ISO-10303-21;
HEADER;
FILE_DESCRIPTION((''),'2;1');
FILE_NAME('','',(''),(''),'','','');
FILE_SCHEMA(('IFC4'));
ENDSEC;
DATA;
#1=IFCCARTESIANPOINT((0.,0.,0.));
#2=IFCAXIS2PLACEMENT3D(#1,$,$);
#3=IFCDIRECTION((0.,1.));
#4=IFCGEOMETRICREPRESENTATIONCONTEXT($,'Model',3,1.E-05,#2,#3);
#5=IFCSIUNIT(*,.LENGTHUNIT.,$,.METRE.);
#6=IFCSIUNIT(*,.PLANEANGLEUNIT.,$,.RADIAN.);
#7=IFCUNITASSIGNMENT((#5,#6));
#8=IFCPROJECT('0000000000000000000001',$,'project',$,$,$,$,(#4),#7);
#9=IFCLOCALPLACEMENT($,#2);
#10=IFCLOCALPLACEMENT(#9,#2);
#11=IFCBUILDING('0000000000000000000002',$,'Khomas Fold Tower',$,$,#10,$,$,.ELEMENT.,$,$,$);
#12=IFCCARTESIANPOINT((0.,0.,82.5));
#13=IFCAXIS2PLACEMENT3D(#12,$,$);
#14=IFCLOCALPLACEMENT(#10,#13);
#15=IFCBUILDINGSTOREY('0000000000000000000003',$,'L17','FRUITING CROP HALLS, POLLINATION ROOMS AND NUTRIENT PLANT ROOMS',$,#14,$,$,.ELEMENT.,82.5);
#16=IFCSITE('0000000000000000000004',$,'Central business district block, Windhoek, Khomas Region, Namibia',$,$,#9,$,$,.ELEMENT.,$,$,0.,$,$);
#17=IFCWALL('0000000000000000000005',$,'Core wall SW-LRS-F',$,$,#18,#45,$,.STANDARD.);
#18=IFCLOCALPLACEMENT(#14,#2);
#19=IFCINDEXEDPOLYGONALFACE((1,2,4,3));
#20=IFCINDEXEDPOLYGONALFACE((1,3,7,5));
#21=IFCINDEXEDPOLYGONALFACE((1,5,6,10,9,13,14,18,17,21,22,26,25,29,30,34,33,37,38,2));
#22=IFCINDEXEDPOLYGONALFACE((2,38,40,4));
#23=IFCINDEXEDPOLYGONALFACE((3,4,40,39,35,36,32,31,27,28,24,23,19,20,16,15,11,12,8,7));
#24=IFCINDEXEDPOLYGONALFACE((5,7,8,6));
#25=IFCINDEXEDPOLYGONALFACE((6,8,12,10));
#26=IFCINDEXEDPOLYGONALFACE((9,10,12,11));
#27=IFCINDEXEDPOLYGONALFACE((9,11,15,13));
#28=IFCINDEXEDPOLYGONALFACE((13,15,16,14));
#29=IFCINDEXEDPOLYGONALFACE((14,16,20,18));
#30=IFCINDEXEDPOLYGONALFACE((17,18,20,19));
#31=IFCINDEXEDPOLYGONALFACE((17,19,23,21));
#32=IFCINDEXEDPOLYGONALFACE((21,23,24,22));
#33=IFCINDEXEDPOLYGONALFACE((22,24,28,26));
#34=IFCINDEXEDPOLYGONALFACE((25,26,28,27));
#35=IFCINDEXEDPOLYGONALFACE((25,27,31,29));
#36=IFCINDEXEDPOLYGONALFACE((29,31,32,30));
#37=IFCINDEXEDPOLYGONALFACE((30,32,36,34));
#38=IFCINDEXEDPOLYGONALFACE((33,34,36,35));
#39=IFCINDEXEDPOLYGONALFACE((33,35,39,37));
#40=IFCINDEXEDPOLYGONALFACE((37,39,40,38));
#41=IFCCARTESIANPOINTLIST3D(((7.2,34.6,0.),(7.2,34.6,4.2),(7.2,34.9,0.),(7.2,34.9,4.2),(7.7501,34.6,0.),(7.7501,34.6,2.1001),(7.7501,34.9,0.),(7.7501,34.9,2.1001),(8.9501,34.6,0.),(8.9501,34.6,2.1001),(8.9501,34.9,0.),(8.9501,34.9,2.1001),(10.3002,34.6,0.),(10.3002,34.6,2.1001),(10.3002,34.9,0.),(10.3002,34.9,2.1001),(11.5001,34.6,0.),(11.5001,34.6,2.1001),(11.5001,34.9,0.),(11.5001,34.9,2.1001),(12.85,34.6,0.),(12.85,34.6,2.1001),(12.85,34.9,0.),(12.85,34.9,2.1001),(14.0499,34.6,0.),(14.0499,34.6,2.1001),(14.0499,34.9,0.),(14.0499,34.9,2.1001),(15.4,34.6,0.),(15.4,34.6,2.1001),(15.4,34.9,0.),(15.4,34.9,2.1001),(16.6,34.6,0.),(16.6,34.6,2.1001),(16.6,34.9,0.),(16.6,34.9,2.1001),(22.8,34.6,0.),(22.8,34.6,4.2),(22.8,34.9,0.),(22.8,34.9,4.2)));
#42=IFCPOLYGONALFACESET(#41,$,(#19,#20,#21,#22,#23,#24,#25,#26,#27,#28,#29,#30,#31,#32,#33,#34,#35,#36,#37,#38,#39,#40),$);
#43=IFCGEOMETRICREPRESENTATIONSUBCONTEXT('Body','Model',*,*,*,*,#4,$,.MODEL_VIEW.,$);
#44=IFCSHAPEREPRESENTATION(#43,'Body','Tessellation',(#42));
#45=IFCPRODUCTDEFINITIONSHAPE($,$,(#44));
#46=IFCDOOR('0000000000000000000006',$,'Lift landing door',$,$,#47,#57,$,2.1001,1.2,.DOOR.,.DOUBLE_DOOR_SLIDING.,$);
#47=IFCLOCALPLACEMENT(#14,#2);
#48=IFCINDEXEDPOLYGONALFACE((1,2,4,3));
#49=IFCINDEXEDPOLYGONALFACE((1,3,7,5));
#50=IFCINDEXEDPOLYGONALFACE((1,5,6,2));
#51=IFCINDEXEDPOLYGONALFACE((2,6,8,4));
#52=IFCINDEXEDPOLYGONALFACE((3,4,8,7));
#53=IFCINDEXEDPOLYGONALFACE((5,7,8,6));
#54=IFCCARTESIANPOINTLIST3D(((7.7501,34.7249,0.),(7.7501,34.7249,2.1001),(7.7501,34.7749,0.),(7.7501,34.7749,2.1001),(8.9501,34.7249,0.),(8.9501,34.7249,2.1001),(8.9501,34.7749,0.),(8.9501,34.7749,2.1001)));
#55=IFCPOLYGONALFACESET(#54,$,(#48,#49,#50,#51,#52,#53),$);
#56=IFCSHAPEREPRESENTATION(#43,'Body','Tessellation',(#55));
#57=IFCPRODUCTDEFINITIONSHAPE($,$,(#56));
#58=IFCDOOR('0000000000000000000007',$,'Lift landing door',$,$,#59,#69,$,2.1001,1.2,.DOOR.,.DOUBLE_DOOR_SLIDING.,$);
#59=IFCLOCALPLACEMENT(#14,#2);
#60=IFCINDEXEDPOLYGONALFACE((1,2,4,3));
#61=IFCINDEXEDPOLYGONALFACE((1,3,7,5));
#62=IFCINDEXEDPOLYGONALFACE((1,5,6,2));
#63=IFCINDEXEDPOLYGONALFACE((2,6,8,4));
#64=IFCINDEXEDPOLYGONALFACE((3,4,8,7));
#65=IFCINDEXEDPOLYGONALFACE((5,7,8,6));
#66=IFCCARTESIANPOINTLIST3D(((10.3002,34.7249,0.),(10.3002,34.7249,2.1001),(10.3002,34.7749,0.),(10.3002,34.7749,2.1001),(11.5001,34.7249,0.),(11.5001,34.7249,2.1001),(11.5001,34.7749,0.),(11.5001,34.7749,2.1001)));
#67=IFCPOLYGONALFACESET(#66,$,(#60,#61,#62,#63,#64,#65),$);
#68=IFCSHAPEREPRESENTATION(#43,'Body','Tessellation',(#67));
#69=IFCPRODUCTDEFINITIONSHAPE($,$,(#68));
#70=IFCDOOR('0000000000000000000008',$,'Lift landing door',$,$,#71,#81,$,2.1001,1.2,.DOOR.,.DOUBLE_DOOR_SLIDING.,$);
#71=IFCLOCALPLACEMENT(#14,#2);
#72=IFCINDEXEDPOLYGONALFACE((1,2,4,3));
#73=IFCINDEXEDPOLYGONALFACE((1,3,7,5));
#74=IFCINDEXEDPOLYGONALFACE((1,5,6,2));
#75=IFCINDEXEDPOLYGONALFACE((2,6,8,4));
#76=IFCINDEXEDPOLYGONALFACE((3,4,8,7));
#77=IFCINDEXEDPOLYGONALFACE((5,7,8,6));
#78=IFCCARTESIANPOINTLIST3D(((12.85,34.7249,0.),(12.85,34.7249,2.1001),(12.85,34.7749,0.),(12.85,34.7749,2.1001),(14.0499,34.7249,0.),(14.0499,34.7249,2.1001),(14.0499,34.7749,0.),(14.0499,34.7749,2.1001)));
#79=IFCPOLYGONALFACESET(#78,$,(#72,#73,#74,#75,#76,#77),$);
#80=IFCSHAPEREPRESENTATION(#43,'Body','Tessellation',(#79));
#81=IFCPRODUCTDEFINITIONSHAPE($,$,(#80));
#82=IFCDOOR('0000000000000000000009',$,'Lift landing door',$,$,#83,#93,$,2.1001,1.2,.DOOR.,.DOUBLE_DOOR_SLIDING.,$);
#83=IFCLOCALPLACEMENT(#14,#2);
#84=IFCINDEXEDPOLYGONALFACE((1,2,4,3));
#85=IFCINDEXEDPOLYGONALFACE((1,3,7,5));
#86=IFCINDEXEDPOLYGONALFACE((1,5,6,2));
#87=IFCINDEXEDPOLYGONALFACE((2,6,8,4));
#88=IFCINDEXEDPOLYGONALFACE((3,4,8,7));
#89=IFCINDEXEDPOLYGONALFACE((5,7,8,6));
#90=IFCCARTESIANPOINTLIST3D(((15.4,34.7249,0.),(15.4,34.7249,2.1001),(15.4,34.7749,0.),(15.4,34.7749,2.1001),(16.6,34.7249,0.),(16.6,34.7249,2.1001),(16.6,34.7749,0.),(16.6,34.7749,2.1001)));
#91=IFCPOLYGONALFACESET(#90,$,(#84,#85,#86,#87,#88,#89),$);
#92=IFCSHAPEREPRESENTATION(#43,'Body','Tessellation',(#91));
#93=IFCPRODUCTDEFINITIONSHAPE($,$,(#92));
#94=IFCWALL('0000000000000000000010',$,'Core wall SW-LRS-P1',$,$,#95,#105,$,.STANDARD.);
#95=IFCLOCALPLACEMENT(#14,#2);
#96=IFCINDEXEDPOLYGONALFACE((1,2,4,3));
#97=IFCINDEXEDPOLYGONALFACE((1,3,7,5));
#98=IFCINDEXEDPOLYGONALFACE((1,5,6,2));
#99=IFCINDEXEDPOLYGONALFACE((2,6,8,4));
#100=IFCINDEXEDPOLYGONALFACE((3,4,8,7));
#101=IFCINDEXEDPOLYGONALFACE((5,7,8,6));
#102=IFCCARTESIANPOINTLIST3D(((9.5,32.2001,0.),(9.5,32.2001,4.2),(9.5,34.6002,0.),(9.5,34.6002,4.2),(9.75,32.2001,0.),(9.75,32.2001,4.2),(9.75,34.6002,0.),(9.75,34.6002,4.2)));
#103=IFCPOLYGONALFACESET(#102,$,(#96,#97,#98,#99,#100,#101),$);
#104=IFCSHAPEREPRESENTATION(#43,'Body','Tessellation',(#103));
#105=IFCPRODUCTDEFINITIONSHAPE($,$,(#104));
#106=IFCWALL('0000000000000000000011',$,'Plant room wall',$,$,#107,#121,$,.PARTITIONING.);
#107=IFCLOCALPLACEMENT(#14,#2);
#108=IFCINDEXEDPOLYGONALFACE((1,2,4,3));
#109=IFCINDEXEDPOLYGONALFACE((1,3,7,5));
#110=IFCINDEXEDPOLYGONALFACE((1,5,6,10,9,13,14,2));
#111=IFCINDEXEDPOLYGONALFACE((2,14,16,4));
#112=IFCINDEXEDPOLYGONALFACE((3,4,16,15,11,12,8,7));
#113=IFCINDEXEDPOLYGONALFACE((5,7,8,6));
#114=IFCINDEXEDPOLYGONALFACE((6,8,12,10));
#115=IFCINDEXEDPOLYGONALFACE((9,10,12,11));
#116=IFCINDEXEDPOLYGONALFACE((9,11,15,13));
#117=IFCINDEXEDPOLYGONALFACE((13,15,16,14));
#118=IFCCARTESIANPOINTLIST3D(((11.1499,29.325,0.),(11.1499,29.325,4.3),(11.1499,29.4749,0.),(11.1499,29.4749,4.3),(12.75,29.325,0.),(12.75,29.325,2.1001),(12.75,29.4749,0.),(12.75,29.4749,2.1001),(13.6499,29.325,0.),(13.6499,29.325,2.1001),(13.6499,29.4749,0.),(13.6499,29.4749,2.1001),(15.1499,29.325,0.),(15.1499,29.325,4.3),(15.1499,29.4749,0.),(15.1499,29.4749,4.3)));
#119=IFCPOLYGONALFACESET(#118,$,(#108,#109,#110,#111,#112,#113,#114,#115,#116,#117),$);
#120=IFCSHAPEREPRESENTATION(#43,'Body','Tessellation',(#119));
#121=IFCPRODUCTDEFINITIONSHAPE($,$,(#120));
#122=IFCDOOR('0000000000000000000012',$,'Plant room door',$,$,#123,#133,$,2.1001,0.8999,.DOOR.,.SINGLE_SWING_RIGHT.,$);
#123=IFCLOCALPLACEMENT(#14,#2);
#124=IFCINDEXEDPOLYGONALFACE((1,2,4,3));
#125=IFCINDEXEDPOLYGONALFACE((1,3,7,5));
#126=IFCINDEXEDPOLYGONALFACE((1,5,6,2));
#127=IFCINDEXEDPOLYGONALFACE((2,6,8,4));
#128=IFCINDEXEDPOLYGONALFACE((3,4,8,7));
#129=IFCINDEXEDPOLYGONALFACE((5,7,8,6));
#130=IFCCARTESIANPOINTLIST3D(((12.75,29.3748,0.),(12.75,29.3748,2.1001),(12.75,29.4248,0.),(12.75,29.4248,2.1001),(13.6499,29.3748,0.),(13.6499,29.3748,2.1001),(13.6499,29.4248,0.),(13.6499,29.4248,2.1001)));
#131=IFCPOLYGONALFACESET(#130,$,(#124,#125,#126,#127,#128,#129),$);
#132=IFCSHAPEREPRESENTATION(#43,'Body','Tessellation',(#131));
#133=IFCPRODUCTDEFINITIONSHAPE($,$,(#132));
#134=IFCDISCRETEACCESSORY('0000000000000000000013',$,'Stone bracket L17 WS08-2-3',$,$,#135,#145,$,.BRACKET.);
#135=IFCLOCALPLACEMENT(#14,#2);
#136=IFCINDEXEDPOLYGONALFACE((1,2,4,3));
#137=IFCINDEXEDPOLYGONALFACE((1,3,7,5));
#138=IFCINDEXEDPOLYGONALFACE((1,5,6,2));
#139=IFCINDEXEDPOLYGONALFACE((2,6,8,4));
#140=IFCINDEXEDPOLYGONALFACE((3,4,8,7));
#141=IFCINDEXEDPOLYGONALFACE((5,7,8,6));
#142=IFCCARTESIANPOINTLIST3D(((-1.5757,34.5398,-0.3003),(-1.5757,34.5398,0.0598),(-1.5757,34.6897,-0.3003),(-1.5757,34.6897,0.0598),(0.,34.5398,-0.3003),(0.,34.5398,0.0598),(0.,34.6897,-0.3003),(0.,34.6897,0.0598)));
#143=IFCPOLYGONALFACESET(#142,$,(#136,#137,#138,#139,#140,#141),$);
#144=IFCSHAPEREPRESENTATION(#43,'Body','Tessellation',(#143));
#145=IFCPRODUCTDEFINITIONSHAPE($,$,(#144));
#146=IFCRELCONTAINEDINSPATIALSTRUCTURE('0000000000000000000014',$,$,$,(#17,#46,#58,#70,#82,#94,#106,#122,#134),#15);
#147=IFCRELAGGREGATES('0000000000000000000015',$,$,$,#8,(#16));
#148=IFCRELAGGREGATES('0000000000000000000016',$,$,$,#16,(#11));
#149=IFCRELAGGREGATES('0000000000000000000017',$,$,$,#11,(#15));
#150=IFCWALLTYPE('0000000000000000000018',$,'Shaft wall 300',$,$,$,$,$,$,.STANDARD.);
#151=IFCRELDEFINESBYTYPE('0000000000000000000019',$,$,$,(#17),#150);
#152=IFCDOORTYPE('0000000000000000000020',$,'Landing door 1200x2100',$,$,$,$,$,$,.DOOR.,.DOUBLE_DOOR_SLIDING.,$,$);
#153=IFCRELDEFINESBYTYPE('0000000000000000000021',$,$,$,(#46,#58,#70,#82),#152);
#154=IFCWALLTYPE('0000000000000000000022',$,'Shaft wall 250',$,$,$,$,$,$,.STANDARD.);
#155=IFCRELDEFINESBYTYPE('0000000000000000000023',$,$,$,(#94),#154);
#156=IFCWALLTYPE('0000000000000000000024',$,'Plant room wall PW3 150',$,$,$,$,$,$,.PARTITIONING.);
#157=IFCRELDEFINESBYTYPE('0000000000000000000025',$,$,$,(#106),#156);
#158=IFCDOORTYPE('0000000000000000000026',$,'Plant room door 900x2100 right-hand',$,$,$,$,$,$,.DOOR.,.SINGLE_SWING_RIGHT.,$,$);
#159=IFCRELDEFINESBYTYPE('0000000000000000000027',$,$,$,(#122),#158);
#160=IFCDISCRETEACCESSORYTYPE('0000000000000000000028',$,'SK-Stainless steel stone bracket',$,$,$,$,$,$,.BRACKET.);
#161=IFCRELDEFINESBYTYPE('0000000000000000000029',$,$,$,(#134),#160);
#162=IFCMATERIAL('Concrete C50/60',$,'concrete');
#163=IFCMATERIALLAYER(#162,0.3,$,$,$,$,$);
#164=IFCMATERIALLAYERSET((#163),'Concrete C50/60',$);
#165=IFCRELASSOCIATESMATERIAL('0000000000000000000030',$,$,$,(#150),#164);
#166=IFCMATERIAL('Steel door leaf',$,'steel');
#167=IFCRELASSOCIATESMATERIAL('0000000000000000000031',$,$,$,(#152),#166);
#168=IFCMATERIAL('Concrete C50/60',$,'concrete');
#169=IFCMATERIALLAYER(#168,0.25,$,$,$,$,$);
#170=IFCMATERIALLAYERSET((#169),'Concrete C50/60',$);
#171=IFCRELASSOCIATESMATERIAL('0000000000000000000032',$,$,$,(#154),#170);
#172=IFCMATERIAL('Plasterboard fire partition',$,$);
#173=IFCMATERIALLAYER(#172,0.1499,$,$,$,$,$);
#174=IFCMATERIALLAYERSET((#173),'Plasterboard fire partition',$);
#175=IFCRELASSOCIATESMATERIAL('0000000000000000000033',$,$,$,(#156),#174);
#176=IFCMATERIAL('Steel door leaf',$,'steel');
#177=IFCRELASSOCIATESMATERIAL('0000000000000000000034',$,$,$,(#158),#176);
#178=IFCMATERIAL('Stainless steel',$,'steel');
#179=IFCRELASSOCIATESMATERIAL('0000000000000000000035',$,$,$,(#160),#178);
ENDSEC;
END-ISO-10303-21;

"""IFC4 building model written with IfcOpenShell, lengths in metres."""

from ifc_helpers import new_model, si_unit, direction, frame, frame_2d, origin, origin_2d, place, context, subcontext, project, spatial, rectangle, extrude, source, transform, mapped, material, layer, layer_set, type_object, element, fill, save


model = new_model("IFC4")

# Units and contexts
model_context = context("Model", 3, precision=1e-05, world=origin(), true_north=direction((0.0, 1.0)))
body_context = subcontext(model_context, "Body", "Model", "MODEL_VIEW")
ifc_project = project(units=[si_unit("LENGTHUNIT", "METRE"), si_unit("PLANEANGLEUNIT", "RADIAN")], contexts=[model_context])

# Site, building, storey
site_placement = place(None, origin())
site = spatial("IfcSite", under=ifc_project, at=site_placement, Name="Central business district block, Windhoek, Khomas Region, Namibia", CompositionType="ELEMENT", RefElevation=0.0)
building_placement = place(site_placement, origin())
building = spatial("IfcBuilding", under=site, at=building_placement, Name="Khomas Fold Tower", CompositionType="ELEMENT")
storey_placement = place(building_placement, frame((0.0, 0.0, 82.5)))
storey = spatial("IfcBuildingStorey", under=building, at=storey_placement, Name="L17", Description="FRUITING CROP HALLS, POLLINATION ROOMS AND NUTRIENT PLANT ROOMS", CompositionType="ELEMENT", Elevation=82.5)

# Shared definitions
ifc_material_1 = material(Name="Concrete C50/60", Category="concrete")
ifc_layer_1 = layer(ifc_material_1, 0.3)
ifc_layer_set_1 = layer_set([ifc_layer_1], Name="Concrete C50/60")
wall_type_1 = type_object("IfcWallType", Name="Shaft wall 300", PredefinedType="STANDARD", material=ifc_layer_set_1)
shared_shape_1 = source(origin(), body_context, "Body", "SweptSolid", [
    extrude(rectangle(XDim=15.6001, YDim=0.3, at=frame_2d((7.8, 0.0))), origin(), (0.0, 0.0, 1.0), 4.2),
])

# Wall, openings, doors
wall_1_placement = place(storey_placement, frame((7.2, 34.75, 0.0), z_axis=(0.0, 0.0, 1.0), x_axis=(1.0, 0.0, 0.0)))
wall_1 = element("IfcWall", 1, at=wall_1_placement, inside=storey, type_object=wall_type_1, Name="Core wall SW-LRS-F", PredefinedType="STANDARD", context=body_context, shape_type="MappedRepresentation", body=[
    mapped(shared_shape_1, transform((0.0, 0.0, 0.0))),
])
shared_shape_2 = source(origin(), body_context, "Body", "SweptSolid", [
    extrude(rectangle(XDim=1.2, YDim=2.1001, at=frame_2d((0.6001, 1.05))), frame((0.0, 0.1599, 0.0), z_axis=(0.0, -1.0, 0.0), x_axis=(1.0, 0.0, 0.0)), (0.0, 0.0, 1.0), 0.3201),
])
opening_1_placement = place(wall_1_placement, frame((0.55, 0.0, 0.0)))
opening_1 = element("IfcOpeningElement", 2, at=opening_1_placement, cuts=wall_1, PredefinedType="OPENING", context=body_context, shape_type="MappedRepresentation", body=[
    mapped(shared_shape_2, transform((0.0, 0.0, 0.0))),
])
opening_2_placement = place(wall_1_placement, frame((3.1001, 0.0, 0.0)))
opening_2 = element("IfcOpeningElement", 3, at=opening_2_placement, cuts=wall_1, PredefinedType="OPENING", context=body_context, shape_type="MappedRepresentation", body=[
    mapped(shared_shape_2, transform((0.0, 0.0, 0.0))),
])
opening_3_placement = place(wall_1_placement, frame((5.6499, 0.0, 0.0)))
opening_3 = element("IfcOpeningElement", 4, at=opening_3_placement, cuts=wall_1, PredefinedType="OPENING", context=body_context, shape_type="MappedRepresentation", body=[
    mapped(shared_shape_2, transform((0.0, 0.0, 0.0))),
])
opening_4_placement = place(wall_1_placement, frame((8.2, 0.0, 0.0)))
opening_4 = element("IfcOpeningElement", 5, at=opening_4_placement, cuts=wall_1, PredefinedType="OPENING", context=body_context, shape_type="MappedRepresentation", body=[
    mapped(shared_shape_2, transform((0.0, 0.0, 0.0))),
])
ifc_material_2 = material(Name="Steel door leaf", Category="steel")
door_type_1 = type_object("IfcDoorType", Name="Landing door 1200x2100", OperationType="DOUBLE_DOOR_SLIDING", PredefinedType="DOOR", material=ifc_material_2)
shared_shape_3 = source(origin(), body_context, "Body", "SweptSolid", [
    extrude(rectangle(XDim=1.2, YDim=2.1001, at=frame_2d((0.6001, 1.05))), frame((0.0, 0.0249, 0.0), z_axis=(0.0, -1.0, 0.0), x_axis=(1.0, 0.0, 0.0)), (0.0, 0.0, 1.0), 0.05),
])
door_1_placement = place(opening_1_placement, origin())
door_1 = element("IfcDoor", 6, at=door_1_placement, inside=storey, type_object=door_type_1, Name="Lift landing door", OperationType="DOUBLE_DOOR_SLIDING", OverallHeight=2.1001, OverallWidth=1.2, PredefinedType="DOOR", context=body_context, shape_type="MappedRepresentation", body=[
    mapped(shared_shape_3, transform((0.0, 0.0, 0.0))),
])
fill(opening_1, door_1)
door_2_placement = place(opening_2_placement, origin())
door_2 = element("IfcDoor", 7, at=door_2_placement, inside=storey, type_object=door_type_1, Name="Lift landing door", OperationType="DOUBLE_DOOR_SLIDING", OverallHeight=2.1001, OverallWidth=1.2, PredefinedType="DOOR", context=body_context, shape_type="MappedRepresentation", body=[
    mapped(shared_shape_3, transform((0.0, 0.0, 0.0))),
])
fill(opening_2, door_2)
door_3_placement = place(opening_3_placement, origin())
door_3 = element("IfcDoor", 8, at=door_3_placement, inside=storey, type_object=door_type_1, Name="Lift landing door", OperationType="DOUBLE_DOOR_SLIDING", OverallHeight=2.1001, OverallWidth=1.2, PredefinedType="DOOR", context=body_context, shape_type="MappedRepresentation", body=[
    mapped(shared_shape_3, transform((0.0, 0.0, 0.0))),
])
fill(opening_3, door_3)
door_4_placement = place(opening_4_placement, origin())
door_4 = element("IfcDoor", 9, at=door_4_placement, inside=storey, type_object=door_type_1, Name="Lift landing door", OperationType="DOUBLE_DOOR_SLIDING", OverallHeight=2.1001, OverallWidth=1.2, PredefinedType="DOOR", context=body_context, shape_type="MappedRepresentation", body=[
    mapped(shared_shape_3, transform((0.0, 0.0, 0.0))),
])
fill(opening_4, door_4)

# Wall
ifc_material_3 = material(Name="Concrete C50/60", Category="concrete")
ifc_layer_2 = layer(ifc_material_3, 0.25)
ifc_layer_set_2 = layer_set([ifc_layer_2], Name="Concrete C50/60")
wall_type_2 = type_object("IfcWallType", Name="Shaft wall 250", PredefinedType="STANDARD", material=ifc_layer_set_2)
shared_shape_4 = source(origin(), body_context, "Body", "SweptSolid", [
    extrude(rectangle(XDim=2.4001, YDim=0.25, at=frame_2d((1.2002, 0.0))), origin(), (0.0, 0.0, 1.0), 4.2),
])
wall_2_placement = place(storey_placement, frame((9.625, 32.2, 0.0), z_axis=(0.0, 0.0, 1.0), x_axis=(0.0, 1.0, 0.0)))
element("IfcWall", 10, at=wall_2_placement, inside=storey, type_object=wall_type_2, Name="Core wall SW-LRS-P1", PredefinedType="STANDARD", context=body_context, shape_type="MappedRepresentation", body=[
    mapped(shared_shape_4, transform((0.0, 0.0, 0.0))),
])

# Wall, opening, door
ifc_material_4 = material(Name="Plasterboard fire partition")
ifc_layer_3 = layer(ifc_material_4, 0.1499)
ifc_layer_set_3 = layer_set([ifc_layer_3], Name="Plasterboard fire partition")
wall_type_3 = type_object("IfcWallType", Name="Plant room wall PW3 150", PredefinedType="PARTITIONING", material=ifc_layer_set_3)
shared_shape_5 = source(origin(), body_context, "Body", "SweptSolid", [
    extrude(rectangle(XDim=4.0, YDim=0.1499, at=frame_2d((2.0, 0.0))), origin(), (0.0, 0.0, 1.0), 4.3),
])
wall_3_placement = place(storey_placement, frame((11.1499, 29.3999, 0.0), z_axis=(0.0, 0.0, 1.0), x_axis=(1.0, 0.0, 0.0)))
wall_3 = element("IfcWall", 11, at=wall_3_placement, inside=storey, type_object=wall_type_3, Name="Plant room wall", PredefinedType="PARTITIONING", context=body_context, shape_type="MappedRepresentation", body=[
    mapped(shared_shape_5, transform((0.0, 0.0, 0.0))),
])
shared_shape_6 = source(origin(), body_context, "Body", "SweptSolid", [
    extrude(rectangle(XDim=0.8999, YDim=2.1001, at=frame_2d((0.45, 1.05))), frame((0.0, 0.085, 0.0), z_axis=(0.0, -1.0, 0.0), x_axis=(1.0, 0.0, 0.0)), (0.0, 0.0, 1.0), 0.1699),
])
opening_5_placement = place(wall_3_placement, frame((1.6001, 0.0, 0.0)))
opening_5 = element("IfcOpeningElement", 12, at=opening_5_placement, cuts=wall_3, PredefinedType="OPENING", context=body_context, shape_type="MappedRepresentation", body=[
    mapped(shared_shape_6, transform((0.0, 0.0, 0.0))),
])
ifc_material_5 = material(Name="Steel door leaf", Category="steel")
door_type_2 = type_object("IfcDoorType", Name="Plant room door 900x2100 right-hand", OperationType="SINGLE_SWING_RIGHT", PredefinedType="DOOR", material=ifc_material_5)
shared_shape_7 = source(origin(), body_context, "Body", "SweptSolid", [
    extrude(rectangle(XDim=0.8999, YDim=2.1001, at=frame_2d((0.45, 1.05))), frame((0.0, 0.0249, 0.0), z_axis=(0.0, -1.0, 0.0), x_axis=(1.0, 0.0, 0.0)), (0.0, 0.0, 1.0), 0.05),
])
door_5_placement = place(opening_5_placement, origin())
door_5 = element("IfcDoor", 13, at=door_5_placement, inside=storey, type_object=door_type_2, Name="Plant room door", OperationType="SINGLE_SWING_RIGHT", OverallHeight=2.1001, OverallWidth=0.8999, PredefinedType="DOOR", context=body_context, shape_type="MappedRepresentation", body=[
    mapped(shared_shape_7, transform((0.0, 0.0, 0.0))),
])
fill(opening_5, door_5)

# Discrete accessory
ifc_material_6 = material(Name="Stainless steel", Category="steel")
discrete_accessory_type = type_object("IfcDiscreteAccessoryType", Name="SK-Stainless steel stone bracket", PredefinedType="BRACKET", material=ifc_material_6)
shared_shape_8 = source(origin(), body_context, "Body", "SweptSolid", [
    extrude(rectangle(XDim=1.5757, YDim=0.1499, at=origin_2d()), origin(), (0.0, 0.0, 1.0), 0.3601),
])
discrete_accessory_placement = place(storey_placement, frame((-0.7878, 34.6147, -0.3003), z_axis=(0.0, 0.0, 1.0), x_axis=(-1.0, 0.0, 0.0)))
element("IfcDiscreteAccessory", 14, at=discrete_accessory_placement, inside=storey, type_object=discrete_accessory_type, Name="Stone bracket L17 WS08-2-3", PredefinedType="BRACKET", context=body_context, shape_type="MappedRepresentation", body=[
    mapped(shared_shape_8, transform((0.0, 0.0, 0.0))),
])

save(model, "model.ifc")
